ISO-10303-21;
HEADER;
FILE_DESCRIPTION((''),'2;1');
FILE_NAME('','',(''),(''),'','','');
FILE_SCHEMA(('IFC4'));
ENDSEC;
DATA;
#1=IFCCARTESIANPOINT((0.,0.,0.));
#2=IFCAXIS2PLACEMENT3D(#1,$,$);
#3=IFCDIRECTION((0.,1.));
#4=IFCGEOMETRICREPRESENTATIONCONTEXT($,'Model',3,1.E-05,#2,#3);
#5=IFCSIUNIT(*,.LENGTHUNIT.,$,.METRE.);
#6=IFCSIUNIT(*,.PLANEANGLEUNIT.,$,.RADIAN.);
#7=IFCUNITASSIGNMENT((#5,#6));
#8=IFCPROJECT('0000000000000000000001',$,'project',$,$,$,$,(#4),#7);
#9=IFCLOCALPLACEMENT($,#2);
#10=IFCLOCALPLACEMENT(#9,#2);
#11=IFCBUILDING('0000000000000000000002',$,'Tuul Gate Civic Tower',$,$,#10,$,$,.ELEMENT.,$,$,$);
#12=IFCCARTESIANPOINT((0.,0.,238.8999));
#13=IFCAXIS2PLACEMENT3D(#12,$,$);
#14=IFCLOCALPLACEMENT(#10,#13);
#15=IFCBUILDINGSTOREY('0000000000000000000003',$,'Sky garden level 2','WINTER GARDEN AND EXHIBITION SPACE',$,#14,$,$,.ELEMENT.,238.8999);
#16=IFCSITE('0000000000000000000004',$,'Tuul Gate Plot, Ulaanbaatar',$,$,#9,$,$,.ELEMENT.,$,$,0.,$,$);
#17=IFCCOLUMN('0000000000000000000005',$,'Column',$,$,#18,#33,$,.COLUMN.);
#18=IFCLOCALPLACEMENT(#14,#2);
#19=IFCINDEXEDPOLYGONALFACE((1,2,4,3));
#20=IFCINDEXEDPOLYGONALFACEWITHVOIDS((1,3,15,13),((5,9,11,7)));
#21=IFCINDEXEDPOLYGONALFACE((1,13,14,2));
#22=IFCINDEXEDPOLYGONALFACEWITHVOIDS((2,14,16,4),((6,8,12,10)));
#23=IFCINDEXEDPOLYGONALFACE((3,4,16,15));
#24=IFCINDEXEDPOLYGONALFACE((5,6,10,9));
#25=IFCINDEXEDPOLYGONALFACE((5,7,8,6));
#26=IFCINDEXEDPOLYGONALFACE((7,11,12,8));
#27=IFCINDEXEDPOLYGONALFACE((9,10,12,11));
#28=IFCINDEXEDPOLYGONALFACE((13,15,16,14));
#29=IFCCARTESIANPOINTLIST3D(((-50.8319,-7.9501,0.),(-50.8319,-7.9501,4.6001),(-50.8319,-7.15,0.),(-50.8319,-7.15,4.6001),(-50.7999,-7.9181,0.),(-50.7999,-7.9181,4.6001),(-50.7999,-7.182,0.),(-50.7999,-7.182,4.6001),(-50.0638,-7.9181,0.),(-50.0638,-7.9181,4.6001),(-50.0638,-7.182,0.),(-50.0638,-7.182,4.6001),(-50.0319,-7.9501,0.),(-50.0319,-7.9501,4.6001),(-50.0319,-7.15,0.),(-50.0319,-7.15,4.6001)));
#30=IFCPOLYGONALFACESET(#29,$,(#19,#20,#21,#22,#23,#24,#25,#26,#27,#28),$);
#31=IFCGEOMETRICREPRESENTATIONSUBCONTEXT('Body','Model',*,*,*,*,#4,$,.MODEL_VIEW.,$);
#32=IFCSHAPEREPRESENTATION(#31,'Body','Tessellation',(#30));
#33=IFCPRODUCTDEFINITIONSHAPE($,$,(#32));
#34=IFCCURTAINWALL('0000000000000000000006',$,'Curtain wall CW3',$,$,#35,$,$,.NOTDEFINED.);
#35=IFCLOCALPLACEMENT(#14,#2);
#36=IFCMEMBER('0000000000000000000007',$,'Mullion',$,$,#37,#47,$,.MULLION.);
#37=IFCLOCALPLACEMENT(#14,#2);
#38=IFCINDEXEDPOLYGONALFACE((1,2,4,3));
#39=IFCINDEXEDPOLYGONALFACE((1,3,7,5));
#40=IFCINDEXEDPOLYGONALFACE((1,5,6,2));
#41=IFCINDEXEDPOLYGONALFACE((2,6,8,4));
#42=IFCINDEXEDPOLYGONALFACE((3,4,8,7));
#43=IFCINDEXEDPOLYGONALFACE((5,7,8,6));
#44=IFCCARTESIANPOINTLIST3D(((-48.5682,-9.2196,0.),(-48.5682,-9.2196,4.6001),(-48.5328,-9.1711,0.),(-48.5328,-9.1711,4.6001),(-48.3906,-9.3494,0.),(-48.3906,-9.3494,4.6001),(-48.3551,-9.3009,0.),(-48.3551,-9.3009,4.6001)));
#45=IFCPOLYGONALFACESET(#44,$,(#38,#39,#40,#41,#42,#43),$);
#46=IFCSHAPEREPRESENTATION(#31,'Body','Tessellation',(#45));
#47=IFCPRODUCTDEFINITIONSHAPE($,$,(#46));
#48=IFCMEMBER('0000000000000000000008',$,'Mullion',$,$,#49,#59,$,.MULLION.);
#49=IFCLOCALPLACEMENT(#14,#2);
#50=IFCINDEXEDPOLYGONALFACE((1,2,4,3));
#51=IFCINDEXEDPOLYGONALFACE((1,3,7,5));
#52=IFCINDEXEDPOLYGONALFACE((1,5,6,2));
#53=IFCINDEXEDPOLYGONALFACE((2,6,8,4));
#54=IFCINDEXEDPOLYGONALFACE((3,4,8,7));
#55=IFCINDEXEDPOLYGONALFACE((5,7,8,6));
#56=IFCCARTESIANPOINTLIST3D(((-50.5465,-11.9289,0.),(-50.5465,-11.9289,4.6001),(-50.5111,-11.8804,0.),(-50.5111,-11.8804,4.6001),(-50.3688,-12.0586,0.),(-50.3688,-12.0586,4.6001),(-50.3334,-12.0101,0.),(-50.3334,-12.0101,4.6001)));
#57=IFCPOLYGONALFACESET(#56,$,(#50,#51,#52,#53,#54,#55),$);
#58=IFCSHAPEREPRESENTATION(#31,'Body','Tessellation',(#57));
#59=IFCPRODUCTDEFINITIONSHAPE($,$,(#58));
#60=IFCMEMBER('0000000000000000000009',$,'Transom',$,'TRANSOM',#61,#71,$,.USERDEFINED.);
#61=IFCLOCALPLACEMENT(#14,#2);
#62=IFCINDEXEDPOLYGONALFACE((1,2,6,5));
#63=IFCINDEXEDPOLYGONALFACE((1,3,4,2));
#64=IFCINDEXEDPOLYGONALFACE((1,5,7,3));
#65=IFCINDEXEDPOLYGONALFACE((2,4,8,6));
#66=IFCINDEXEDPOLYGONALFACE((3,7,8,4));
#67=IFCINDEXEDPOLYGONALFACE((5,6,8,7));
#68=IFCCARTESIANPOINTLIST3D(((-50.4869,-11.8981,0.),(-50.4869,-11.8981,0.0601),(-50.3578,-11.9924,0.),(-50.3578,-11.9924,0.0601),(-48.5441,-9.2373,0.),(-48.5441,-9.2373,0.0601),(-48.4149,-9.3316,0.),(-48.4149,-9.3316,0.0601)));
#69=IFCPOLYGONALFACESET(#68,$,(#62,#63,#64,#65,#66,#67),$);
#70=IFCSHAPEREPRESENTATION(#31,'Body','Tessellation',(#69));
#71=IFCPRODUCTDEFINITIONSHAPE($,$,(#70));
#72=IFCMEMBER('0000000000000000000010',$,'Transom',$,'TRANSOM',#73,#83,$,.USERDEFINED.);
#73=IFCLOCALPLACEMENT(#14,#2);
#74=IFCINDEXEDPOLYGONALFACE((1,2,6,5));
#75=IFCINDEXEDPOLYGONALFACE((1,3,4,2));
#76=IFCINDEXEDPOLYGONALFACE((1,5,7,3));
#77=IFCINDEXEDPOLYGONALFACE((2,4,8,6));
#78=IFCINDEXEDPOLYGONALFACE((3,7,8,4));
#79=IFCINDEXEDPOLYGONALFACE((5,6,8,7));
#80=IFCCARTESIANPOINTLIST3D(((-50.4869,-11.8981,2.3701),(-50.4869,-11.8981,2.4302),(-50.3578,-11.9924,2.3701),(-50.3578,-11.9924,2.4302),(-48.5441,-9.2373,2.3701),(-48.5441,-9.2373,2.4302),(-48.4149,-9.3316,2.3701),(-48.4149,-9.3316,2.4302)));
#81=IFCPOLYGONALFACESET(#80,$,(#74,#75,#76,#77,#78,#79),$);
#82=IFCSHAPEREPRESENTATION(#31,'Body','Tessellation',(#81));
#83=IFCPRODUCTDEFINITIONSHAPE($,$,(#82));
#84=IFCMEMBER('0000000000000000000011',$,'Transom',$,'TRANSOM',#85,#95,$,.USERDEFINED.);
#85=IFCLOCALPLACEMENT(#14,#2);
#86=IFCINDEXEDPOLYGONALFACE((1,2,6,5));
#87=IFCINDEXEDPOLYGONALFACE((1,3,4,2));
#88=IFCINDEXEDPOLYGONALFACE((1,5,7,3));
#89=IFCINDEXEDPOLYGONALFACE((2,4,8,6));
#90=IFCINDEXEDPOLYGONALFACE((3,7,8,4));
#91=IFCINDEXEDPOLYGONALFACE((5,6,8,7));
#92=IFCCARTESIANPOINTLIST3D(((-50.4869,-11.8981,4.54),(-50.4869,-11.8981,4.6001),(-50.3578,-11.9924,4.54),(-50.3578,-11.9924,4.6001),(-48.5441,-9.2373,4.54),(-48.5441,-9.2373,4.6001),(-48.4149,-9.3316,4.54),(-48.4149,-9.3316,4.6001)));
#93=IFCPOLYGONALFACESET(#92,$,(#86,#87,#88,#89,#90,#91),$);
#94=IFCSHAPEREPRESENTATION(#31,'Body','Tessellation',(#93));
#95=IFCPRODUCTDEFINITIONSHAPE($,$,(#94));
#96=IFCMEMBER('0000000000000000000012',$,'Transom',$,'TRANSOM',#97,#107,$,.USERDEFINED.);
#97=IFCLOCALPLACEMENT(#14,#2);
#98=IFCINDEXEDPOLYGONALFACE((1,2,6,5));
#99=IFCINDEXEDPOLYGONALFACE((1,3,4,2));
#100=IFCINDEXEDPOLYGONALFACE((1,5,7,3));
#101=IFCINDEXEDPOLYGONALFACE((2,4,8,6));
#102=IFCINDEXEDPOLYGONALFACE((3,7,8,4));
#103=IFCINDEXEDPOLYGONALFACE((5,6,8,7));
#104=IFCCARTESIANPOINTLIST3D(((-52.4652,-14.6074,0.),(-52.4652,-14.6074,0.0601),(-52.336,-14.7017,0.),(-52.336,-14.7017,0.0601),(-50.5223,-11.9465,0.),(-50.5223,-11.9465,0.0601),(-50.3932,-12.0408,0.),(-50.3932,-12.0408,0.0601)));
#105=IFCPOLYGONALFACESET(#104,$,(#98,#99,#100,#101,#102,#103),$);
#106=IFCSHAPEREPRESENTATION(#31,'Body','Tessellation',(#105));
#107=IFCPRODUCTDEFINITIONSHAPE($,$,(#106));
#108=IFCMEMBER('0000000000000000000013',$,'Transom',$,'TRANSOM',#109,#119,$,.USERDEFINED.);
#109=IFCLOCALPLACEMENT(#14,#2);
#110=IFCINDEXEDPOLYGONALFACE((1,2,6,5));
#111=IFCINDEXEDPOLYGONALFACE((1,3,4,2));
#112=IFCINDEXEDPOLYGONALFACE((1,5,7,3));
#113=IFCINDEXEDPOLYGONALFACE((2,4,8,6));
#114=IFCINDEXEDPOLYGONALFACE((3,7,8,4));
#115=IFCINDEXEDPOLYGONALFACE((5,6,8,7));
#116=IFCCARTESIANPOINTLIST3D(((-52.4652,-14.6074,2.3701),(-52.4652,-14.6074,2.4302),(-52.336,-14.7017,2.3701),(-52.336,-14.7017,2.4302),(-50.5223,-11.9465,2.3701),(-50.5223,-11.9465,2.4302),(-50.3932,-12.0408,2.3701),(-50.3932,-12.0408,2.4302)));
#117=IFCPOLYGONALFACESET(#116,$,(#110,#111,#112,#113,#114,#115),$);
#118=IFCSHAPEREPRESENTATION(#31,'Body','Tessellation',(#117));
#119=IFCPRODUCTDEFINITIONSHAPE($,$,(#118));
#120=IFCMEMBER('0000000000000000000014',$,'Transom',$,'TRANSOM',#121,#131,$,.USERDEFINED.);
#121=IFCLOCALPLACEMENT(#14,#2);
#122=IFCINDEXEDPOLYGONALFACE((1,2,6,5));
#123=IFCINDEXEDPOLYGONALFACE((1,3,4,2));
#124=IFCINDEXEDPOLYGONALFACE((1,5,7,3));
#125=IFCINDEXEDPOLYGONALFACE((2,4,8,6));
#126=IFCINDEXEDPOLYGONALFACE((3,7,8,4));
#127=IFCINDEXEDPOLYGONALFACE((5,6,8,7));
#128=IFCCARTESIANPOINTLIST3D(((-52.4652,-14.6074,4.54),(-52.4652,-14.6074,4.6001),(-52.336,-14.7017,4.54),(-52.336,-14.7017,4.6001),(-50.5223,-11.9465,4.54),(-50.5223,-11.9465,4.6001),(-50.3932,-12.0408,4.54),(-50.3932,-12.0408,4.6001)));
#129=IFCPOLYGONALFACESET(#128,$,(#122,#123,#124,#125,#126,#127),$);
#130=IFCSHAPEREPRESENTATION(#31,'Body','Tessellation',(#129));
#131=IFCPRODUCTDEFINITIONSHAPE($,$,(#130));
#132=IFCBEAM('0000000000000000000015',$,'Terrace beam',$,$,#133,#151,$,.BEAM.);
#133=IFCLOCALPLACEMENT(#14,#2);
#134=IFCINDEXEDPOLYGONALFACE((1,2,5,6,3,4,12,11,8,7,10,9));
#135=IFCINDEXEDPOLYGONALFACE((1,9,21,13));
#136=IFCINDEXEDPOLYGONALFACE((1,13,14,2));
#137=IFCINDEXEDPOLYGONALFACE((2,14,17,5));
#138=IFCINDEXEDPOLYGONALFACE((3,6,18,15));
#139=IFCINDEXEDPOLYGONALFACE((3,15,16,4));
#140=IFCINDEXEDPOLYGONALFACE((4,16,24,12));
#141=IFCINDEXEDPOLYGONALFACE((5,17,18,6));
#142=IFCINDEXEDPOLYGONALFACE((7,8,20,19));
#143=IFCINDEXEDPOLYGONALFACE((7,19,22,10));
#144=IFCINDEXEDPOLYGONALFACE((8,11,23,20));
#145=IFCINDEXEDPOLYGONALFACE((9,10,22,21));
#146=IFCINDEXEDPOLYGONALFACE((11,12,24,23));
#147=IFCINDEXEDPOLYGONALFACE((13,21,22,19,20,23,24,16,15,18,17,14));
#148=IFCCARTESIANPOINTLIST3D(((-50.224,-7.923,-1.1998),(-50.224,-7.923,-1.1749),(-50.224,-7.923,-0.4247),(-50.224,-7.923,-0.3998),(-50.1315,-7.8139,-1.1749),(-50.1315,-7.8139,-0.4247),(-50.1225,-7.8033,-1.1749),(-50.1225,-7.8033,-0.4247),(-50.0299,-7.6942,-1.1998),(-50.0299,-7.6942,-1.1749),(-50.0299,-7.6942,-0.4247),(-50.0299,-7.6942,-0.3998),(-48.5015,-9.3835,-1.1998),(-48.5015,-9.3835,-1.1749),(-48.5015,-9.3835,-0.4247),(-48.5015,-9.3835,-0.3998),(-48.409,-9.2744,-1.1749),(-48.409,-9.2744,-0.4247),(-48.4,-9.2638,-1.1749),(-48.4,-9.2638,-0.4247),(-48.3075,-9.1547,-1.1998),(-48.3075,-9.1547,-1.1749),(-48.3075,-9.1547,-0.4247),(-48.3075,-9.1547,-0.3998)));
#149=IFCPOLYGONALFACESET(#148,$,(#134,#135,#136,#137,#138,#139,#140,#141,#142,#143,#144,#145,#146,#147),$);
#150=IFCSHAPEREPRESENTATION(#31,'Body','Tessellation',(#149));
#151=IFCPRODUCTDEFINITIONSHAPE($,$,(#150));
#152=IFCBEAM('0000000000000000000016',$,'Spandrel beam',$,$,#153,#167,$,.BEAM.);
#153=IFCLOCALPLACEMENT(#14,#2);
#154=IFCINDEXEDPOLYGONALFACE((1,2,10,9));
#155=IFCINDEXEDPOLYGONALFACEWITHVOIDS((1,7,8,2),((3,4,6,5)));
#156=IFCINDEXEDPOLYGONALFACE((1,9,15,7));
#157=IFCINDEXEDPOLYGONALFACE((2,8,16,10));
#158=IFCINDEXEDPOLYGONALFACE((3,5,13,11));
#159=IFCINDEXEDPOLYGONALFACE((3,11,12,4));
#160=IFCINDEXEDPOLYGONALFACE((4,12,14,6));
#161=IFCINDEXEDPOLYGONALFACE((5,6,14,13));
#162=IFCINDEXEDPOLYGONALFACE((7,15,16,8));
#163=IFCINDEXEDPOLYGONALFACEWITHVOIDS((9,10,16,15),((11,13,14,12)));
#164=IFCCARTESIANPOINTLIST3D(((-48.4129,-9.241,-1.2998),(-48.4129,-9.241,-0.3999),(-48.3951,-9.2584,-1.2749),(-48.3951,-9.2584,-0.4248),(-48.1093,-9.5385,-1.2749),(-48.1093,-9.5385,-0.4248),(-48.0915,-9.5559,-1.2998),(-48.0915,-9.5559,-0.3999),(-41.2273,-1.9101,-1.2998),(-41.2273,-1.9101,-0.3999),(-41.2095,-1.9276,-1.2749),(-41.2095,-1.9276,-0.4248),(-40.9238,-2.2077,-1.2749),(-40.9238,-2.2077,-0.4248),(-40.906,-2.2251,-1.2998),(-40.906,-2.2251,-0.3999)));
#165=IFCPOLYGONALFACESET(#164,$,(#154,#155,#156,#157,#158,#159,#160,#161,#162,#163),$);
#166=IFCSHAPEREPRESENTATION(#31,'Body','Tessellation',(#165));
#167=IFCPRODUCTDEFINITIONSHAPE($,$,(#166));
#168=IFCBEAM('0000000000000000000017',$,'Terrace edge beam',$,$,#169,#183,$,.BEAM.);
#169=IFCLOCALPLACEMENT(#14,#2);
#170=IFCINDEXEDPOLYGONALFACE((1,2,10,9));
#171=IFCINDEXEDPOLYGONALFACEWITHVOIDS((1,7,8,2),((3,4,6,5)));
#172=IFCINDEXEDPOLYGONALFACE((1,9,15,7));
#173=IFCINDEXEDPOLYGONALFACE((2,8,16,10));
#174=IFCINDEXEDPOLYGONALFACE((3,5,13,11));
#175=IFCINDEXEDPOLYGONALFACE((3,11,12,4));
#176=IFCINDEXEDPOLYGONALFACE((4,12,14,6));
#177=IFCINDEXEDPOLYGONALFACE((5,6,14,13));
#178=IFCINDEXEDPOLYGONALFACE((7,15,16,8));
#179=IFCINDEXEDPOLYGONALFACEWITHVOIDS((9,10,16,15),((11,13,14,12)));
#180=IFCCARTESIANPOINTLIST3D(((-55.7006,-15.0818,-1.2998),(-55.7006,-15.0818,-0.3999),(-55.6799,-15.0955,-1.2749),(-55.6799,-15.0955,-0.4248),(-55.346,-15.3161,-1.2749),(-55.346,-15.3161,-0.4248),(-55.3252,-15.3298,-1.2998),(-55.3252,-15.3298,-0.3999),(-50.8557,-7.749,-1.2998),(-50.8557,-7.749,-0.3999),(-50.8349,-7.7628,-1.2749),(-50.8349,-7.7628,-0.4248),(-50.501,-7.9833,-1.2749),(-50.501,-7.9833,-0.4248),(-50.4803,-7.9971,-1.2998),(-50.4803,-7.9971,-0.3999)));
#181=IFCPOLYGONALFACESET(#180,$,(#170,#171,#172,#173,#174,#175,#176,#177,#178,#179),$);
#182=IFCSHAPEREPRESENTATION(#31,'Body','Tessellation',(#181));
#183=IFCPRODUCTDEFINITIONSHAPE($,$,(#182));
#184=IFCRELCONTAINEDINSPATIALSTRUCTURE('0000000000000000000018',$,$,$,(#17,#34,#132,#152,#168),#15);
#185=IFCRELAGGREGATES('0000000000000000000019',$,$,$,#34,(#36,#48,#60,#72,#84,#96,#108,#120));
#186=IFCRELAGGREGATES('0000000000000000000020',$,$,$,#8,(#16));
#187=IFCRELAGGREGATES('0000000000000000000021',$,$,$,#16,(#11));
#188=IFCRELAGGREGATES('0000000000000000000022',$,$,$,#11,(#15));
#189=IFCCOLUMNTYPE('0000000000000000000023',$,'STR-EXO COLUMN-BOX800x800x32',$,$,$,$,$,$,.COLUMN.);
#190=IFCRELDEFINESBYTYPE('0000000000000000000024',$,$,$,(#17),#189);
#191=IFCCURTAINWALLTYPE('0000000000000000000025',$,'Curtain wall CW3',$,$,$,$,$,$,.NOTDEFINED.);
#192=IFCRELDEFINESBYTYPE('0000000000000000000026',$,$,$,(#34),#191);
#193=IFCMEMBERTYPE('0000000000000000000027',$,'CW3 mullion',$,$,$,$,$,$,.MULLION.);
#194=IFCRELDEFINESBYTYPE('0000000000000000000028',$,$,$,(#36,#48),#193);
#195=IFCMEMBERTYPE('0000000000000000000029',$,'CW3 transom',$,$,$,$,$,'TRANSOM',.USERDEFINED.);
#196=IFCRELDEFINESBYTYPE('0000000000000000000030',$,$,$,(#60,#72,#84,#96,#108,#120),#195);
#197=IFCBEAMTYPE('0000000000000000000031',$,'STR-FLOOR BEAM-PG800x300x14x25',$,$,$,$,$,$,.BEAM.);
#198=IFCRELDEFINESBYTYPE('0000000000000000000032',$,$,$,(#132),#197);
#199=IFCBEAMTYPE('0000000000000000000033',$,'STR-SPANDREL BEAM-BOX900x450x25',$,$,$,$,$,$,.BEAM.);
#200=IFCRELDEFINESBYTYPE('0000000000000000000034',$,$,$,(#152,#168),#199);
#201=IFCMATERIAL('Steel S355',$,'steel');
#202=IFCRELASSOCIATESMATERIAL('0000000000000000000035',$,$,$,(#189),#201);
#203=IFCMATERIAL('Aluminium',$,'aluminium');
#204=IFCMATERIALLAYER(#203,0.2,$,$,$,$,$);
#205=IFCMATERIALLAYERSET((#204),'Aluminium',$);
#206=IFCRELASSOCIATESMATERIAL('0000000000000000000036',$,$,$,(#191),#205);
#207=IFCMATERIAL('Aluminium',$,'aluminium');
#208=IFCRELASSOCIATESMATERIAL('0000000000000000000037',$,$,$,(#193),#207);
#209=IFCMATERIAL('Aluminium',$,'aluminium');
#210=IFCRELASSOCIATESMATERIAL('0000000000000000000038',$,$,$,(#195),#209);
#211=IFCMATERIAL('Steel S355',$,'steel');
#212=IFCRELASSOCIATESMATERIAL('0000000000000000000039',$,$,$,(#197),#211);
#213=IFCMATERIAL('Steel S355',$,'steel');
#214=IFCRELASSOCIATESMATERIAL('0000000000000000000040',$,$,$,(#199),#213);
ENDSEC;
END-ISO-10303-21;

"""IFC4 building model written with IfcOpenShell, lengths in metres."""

from ifc_helpers import new_model, si_unit, direction, frame, origin, origin_2d, place, context, subcontext, project, spatial, rectangle, hollow_rectangle, i_section, extrude, material, layer, layer_set, material_profile, profile_set, type_object, element, aggregate, save


model = new_model("IFC4")

# Units and contexts
model_context = context("Model", 3, precision=1e-05, world=origin(), true_north=direction((0.0, 1.0)))
body_context = subcontext(model_context, "Body", "Model", "MODEL_VIEW")
ifc_project = project(units=[si_unit("LENGTHUNIT", "METRE"), si_unit("PLANEANGLEUNIT", "RADIAN")], contexts=[model_context])

# Site, building, storey
site_placement = place(None, origin())
site = spatial("IfcSite", under=ifc_project, at=site_placement, Name="Tuul Gate Plot, Ulaanbaatar", CompositionType="ELEMENT", RefElevation=0.0)
building_placement = place(site_placement, origin())
building = spatial("IfcBuilding", under=site, at=building_placement, Name="Tuul Gate Civic Tower", CompositionType="ELEMENT")
storey_placement = place(building_placement, frame((0.0, 0.0, 238.8999)))
storey = spatial("IfcBuildingStorey", under=building, at=storey_placement, Name="Sky garden level 2", Description="WINTER GARDEN AND EXHIBITION SPACE", CompositionType="ELEMENT", Elevation=238.8999)

# Column
ifc_material_1 = material(Name="Steel S355", Category="steel")
ifc_material_profile_1 = material_profile(ifc_material_1, hollow_rectangle(XDim=0.8, YDim=0.8, WallThickness=0.032, at=origin_2d()), Name="BOX800x800x32")
ifc_profile_set_1 = profile_set([ifc_material_profile_1], Name="Steel S355")
column_type = type_object("IfcColumnType", Name="STR-EXO COLUMN-BOX800x800x32", PredefinedType="COLUMN", material=ifc_profile_set_1)
column_placement = place(storey_placement, frame((-50.4319, -7.55, 0.0), z_axis=(0.0, 0.0, 1.0), x_axis=(1.0, 0.0, 0.0)))
element("IfcColumn", 1, at=column_placement, inside=storey, type_object=column_type, Name="Column", PredefinedType="COLUMN", context=body_context, shape_type="SweptSolid", body=[
    extrude(hollow_rectangle(XDim=0.8, YDim=0.8, WallThickness=0.032, at=origin_2d()), origin(), (0.0, 0.0, 1.0), 4.6001),
])

# Curtain wall, members
ifc_material_2 = material(Name="Aluminium", Category="aluminium")
ifc_layer_1 = layer(ifc_material_2, 0.2)
ifc_layer_set_1 = layer_set([ifc_layer_1], Name="Aluminium")
curtain_wall_type = type_object("IfcCurtainWallType", Name="Curtain wall CW3", PredefinedType="NOTDEFINED", material=ifc_layer_set_1)
curtain_wall_placement = place(storey_placement, origin())
curtain_wall = element("IfcCurtainWall", 2, at=curtain_wall_placement, inside=storey, type_object=curtain_wall_type, Name="Curtain wall CW3", PredefinedType="NOTDEFINED")
ifc_material_3 = material(Name="Aluminium", Category="aluminium")
ifc_material_profile_2 = material_profile(ifc_material_3, rectangle(XDim=0.22, YDim=0.0601, at=origin_2d()), Name="CW3 mullion")
ifc_profile_set_2 = profile_set([ifc_material_profile_2], Name="Aluminium")
member_type_1 = type_object("IfcMemberType", Name="CW3 mullion", PredefinedType="MULLION", material=ifc_profile_set_2)
member_1_placement = place(storey_placement, frame((-48.4617, -9.2603, 0.0), z_axis=(0.0, 0.0, 1.0), x_axis=(0.80761, -0.589717, 0.0)))
member_1 = element("IfcMember", 3, at=member_1_placement, type_object=member_type_1, Name="Mullion", PredefinedType="MULLION", context=body_context, shape_type="SweptSolid", body=[
    extrude(rectangle(XDim=0.22, YDim=0.0601, at=origin_2d()), origin(), (0.0, 0.0, 1.0), 4.6001),
])
member_2_placement = place(storey_placement, frame((-50.4399, -11.9695, 0.0), z_axis=(0.0, 0.0, 1.0), x_axis=(0.80761, -0.589717, 0.0)))
member_2 = element("IfcMember", 4, at=member_2_placement, type_object=member_type_1, Name="Mullion", PredefinedType="MULLION", context=body_context, shape_type="SweptSolid", body=[
    extrude(rectangle(XDim=0.22, YDim=0.0601, at=origin_2d()), origin(), (0.0, 0.0, 1.0), 4.6001),
])
ifc_material_4 = material(Name="Aluminium", Category="aluminium")
ifc_material_profile_3 = material_profile(ifc_material_4, rectangle(XDim=0.1599, YDim=0.0601, at=origin_2d()), Name="CW3 transom")
ifc_profile_set_3 = profile_set([ifc_material_profile_3], Name="Aluminium")
member_type_2 = type_object("IfcMemberType", Name="CW3 transom", ElementType="TRANSOM", PredefinedType="USERDEFINED", material=ifc_profile_set_3)
member_3_placement = place(storey_placement, frame((-48.4795, -9.2844, 0.03), z_axis=(-0.589695, -0.807626, 0.0), x_axis=(0.807626, -0.589695, 0.0)))
member_3 = element("IfcMember", 5, at=member_3_placement, type_object=member_type_2, Name="Transom", ObjectType="TRANSOM", PredefinedType="USERDEFINED", context=body_context, shape_type="SweptSolid", body=[
    extrude(rectangle(XDim=0.1599, YDim=0.0601, at=origin_2d()), origin(), (0.0, 0.0, 1.0), 3.2947),
])
member_4_placement = place(storey_placement, frame((-48.4795, -9.2844, 2.4001), z_axis=(-0.589695, -0.807626, 0.0), x_axis=(0.807626, -0.589695, 0.0)))
member_4 = element("IfcMember", 6, at=member_4_placement, type_object=member_type_2, Name="Transom", ObjectType="TRANSOM", PredefinedType="USERDEFINED", context=body_context, shape_type="SweptSolid", body=[
    extrude(rectangle(XDim=0.1599, YDim=0.0601, at=origin_2d()), origin(), (0.0, 0.0, 1.0), 3.2947),
])
member_5_placement = place(storey_placement, frame((-48.4795, -9.2844, 4.5701), z_axis=(-0.589695, -0.807626, 0.0), x_axis=(0.807626, -0.589695, 0.0)))
member_5 = element("IfcMember", 7, at=member_5_placement, type_object=member_type_2, Name="Transom", ObjectType="TRANSOM", PredefinedType="USERDEFINED", context=body_context, shape_type="SweptSolid", body=[
    extrude(rectangle(XDim=0.1599, YDim=0.0601, at=origin_2d()), origin(), (0.0, 0.0, 1.0), 3.2947),
])
member_6_placement = place(storey_placement, frame((-50.4578, -11.9937, 0.03), z_axis=(-0.589695, -0.807626, 0.0), x_axis=(0.807626, -0.589695, 0.0)))
member_6 = element("IfcMember", 8, at=member_6_placement, type_object=member_type_2, Name="Transom", ObjectType="TRANSOM", PredefinedType="USERDEFINED", context=body_context, shape_type="SweptSolid", body=[
    extrude(rectangle(XDim=0.1599, YDim=0.0601, at=origin_2d()), origin(), (0.0, 0.0, 1.0), 3.2947),
])
member_7_placement = place(storey_placement, frame((-50.4578, -11.9937, 2.4001), z_axis=(-0.589695, -0.807626, 0.0), x_axis=(0.807626, -0.589695, 0.0)))
member_7 = element("IfcMember", 9, at=member_7_placement, type_object=member_type_2, Name="Transom", ObjectType="TRANSOM", PredefinedType="USERDEFINED", context=body_context, shape_type="SweptSolid", body=[
    extrude(rectangle(XDim=0.1599, YDim=0.0601, at=origin_2d()), origin(), (0.0, 0.0, 1.0), 3.2947),
])
member_8_placement = place(storey_placement, frame((-50.4578, -11.9937, 4.5701), z_axis=(-0.589695, -0.807626, 0.0), x_axis=(0.807626, -0.589695, 0.0)))
member_8 = element("IfcMember", 10, at=member_8_placement, type_object=member_type_2, Name="Transom", ObjectType="TRANSOM", PredefinedType="USERDEFINED", context=body_context, shape_type="SweptSolid", body=[
    extrude(rectangle(XDim=0.1599, YDim=0.0601, at=origin_2d()), origin(), (0.0, 0.0, 1.0), 3.2947),
])

# Beams
ifc_material_5 = material(Name="Steel S355", Category="steel")
ifc_material_profile_4 = material_profile(ifc_material_5, i_section(OverallWidth=0.3, OverallDepth=0.8, WebThickness=0.0139, FlangeThickness=0.0249, at=origin_2d()), Name="PG800x300x14x25")
ifc_profile_set_4 = profile_set([ifc_material_profile_4], Name="Steel S355")
beam_type_1 = type_object("IfcBeamType", Name="STR-FLOOR BEAM-PG800x300x14x25", PredefinedType="BEAM", material=ifc_profile_set_4)
beam_1_placement = place(storey_placement, frame((-50.127, -7.8086, -0.7998), z_axis=(0.762726, -0.646722, 0.0), x_axis=(0.646722, 0.762726, 0.0)))
element("IfcBeam", 11, at=beam_1_placement, inside=storey, type_object=beam_type_1, Name="Terrace beam", PredefinedType="BEAM", context=body_context, shape_type="SweptSolid", body=[
    extrude(i_section(OverallWidth=0.3, OverallDepth=0.8, WebThickness=0.0139, FlangeThickness=0.0249, at=origin_2d()), origin(), (0.0, 0.0, 1.0), 2.2583),
])
ifc_material_6 = material(Name="Steel S355", Category="steel")
ifc_material_profile_5 = material_profile(ifc_material_6, hollow_rectangle(XDim=0.45, YDim=0.8999, WallThickness=0.0249, at=origin_2d()), Name="BOX900x450x25")
ifc_profile_set_5 = profile_set([ifc_material_profile_5], Name="Steel S355")
beam_type_2 = type_object("IfcBeamType", Name="STR-SPANDREL BEAM-BOX900x450x25", PredefinedType="BEAM", material=ifc_profile_set_5)
beam_2_placement = place(storey_placement, frame((-48.2522, -9.3984, -0.8499), z_axis=(0.699996, 0.714147, 0.0), x_axis=(-0.714147, 0.699996, 0.0)))
element("IfcBeam", 12, at=beam_2_placement, inside=storey, type_object=beam_type_2, Name="Spandrel beam", PredefinedType="BEAM", context=body_context, shape_type="SweptSolid", body=[
    extrude(hollow_rectangle(XDim=0.45, YDim=0.8999, WallThickness=0.0249, at=origin_2d()), origin(), (0.0, 0.0, 1.0), 10.2651),
])
beam_3_placement = place(storey_placement, frame((-50.668, -7.873, -0.8499), z_axis=(-0.551266, -0.83433, 0.0), x_axis=(0.83433, -0.551266, 0.0)))
element("IfcBeam", 13, at=beam_3_placement, inside=storey, type_object=beam_type_2, Name="Terrace edge beam", PredefinedType="BEAM", context=body_context, shape_type="SweptSolid", body=[
    extrude(hollow_rectangle(XDim=0.45, YDim=0.8999, WallThickness=0.0249, at=origin_2d()), origin(), (0.0, 0.0, 1.0), 8.7888),
])

aggregate(curtain_wall, [member_1, member_2, member_3, member_4, member_5, member_6, member_7, member_8])

save(model, "model.ifc")
